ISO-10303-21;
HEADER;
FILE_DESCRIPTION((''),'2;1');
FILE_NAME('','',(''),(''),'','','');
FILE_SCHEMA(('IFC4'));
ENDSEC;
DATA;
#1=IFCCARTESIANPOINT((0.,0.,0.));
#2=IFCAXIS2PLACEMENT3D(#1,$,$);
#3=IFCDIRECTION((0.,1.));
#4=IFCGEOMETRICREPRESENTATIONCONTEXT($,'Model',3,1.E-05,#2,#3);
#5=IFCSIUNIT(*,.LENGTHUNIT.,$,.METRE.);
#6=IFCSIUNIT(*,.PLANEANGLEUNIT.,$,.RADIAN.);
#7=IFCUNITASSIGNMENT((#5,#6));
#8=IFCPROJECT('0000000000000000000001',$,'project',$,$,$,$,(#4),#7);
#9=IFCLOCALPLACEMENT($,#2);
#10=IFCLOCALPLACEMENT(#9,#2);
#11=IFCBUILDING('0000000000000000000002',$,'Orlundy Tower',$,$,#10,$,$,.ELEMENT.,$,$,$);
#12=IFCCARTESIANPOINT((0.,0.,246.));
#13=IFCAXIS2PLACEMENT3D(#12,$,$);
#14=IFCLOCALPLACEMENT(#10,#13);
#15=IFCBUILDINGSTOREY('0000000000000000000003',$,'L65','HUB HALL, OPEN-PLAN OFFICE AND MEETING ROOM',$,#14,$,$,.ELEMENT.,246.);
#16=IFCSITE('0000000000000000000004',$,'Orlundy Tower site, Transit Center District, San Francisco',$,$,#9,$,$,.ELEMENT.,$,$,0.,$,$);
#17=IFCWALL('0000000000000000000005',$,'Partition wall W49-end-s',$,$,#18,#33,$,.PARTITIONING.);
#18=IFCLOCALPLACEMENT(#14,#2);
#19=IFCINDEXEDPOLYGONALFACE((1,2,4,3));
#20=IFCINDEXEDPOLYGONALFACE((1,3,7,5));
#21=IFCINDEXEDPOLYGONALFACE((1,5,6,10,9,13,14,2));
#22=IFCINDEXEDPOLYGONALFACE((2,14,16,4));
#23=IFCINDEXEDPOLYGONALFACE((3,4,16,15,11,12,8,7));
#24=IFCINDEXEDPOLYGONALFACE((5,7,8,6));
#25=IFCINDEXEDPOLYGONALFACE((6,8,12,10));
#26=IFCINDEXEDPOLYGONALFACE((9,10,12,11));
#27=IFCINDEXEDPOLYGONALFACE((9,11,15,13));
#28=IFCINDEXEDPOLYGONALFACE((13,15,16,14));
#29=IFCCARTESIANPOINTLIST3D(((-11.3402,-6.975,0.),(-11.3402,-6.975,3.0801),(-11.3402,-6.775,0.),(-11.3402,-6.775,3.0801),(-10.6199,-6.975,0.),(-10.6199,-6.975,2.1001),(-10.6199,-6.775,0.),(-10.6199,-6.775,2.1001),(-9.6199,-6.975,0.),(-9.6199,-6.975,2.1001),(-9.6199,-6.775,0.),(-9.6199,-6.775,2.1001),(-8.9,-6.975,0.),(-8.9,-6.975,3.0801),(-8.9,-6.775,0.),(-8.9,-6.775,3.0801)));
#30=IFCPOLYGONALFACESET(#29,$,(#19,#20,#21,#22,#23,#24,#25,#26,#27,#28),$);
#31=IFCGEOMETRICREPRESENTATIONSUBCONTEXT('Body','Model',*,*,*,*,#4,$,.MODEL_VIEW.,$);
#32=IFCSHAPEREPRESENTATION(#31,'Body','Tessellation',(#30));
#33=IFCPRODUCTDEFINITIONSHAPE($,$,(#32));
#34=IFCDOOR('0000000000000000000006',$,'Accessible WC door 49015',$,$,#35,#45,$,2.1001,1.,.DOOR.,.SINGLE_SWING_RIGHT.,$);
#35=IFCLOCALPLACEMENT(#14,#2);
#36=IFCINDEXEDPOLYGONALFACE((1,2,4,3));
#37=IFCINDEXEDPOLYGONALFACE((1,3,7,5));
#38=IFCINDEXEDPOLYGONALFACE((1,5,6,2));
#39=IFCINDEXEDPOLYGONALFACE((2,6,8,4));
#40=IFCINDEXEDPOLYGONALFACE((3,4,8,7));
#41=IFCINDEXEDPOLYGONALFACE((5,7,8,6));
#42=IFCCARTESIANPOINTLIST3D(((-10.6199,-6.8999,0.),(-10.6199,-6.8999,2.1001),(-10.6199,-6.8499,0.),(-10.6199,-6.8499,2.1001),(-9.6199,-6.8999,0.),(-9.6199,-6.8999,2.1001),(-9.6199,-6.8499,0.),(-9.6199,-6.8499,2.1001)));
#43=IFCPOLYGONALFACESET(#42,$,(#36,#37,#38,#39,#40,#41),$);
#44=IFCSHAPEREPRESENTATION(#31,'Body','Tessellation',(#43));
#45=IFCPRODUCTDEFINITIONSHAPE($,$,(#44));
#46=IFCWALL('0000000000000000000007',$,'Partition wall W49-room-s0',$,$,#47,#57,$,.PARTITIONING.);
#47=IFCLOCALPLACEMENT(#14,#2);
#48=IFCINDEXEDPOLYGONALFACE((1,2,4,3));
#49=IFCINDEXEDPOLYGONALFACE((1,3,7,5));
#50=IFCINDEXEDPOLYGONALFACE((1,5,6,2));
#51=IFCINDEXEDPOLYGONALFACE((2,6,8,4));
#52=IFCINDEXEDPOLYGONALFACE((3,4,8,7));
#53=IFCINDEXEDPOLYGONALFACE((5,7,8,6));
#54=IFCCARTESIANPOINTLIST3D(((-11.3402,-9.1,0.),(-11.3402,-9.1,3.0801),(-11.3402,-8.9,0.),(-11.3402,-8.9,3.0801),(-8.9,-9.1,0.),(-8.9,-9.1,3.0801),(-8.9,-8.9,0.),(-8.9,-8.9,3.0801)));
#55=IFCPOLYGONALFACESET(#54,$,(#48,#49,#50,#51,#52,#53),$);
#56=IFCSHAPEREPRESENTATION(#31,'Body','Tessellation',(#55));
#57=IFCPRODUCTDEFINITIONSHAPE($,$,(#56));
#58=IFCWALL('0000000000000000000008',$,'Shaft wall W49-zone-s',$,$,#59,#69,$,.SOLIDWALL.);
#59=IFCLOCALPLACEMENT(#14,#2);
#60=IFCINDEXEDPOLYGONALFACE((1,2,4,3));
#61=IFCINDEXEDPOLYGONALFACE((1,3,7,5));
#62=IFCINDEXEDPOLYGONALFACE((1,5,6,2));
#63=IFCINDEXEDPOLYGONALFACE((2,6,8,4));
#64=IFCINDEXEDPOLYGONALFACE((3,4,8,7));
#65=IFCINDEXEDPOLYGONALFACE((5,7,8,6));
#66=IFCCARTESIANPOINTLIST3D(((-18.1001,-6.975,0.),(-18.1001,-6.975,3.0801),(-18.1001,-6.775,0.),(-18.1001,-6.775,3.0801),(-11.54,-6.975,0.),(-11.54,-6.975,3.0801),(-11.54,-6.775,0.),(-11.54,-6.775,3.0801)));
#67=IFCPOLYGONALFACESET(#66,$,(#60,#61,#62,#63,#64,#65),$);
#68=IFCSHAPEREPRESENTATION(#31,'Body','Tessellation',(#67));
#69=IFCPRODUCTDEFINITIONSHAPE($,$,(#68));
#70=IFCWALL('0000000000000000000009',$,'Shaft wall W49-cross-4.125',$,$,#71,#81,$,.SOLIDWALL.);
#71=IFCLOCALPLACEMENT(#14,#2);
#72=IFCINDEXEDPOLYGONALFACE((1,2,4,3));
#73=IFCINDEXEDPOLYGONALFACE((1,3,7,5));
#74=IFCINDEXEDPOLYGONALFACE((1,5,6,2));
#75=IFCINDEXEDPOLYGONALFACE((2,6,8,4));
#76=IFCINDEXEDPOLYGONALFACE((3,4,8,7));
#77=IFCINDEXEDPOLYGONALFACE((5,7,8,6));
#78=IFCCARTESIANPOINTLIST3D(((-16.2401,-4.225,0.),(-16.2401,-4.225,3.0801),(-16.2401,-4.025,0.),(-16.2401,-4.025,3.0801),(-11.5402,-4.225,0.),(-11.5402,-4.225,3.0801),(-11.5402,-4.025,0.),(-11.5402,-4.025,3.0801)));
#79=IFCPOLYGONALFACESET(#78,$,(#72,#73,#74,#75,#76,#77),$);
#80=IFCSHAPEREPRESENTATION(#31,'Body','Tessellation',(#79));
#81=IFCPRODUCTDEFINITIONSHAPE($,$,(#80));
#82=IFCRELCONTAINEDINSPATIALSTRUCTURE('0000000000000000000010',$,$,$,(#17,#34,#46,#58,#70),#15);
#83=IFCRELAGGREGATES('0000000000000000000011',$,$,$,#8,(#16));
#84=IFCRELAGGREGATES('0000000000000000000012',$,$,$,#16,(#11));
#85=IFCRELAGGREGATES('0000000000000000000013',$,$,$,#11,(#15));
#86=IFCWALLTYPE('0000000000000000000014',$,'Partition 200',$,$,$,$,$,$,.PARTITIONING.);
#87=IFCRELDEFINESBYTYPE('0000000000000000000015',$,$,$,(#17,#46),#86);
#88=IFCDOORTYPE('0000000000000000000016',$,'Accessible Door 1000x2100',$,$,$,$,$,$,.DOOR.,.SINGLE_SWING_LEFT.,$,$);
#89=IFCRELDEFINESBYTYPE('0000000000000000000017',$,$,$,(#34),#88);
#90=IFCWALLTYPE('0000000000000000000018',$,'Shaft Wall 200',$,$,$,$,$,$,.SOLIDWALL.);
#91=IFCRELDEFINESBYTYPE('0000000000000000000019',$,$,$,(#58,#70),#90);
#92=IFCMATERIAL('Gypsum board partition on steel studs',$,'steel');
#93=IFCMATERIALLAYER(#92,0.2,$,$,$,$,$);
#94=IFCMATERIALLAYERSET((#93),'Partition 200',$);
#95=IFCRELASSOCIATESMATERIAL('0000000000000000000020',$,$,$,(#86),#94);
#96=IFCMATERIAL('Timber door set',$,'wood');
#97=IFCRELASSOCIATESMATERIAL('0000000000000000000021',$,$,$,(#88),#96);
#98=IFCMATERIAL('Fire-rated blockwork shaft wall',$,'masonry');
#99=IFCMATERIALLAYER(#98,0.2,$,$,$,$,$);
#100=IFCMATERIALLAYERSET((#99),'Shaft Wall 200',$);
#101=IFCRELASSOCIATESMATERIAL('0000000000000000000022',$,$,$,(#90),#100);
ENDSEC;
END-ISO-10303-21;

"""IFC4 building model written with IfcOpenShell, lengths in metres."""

from ifc_helpers import new_model, si_unit, direction, frame, frame_2d, origin, place, context, subcontext, project, spatial, rectangle, extrude, material, layer, layer_set, type_object, element, fill, save


model = new_model("IFC4")

# Units and contexts
model_context = context("Model", 3, precision=1e-05, world=origin(), true_north=direction((0.0, 1.0)))
body_context = subcontext(model_context, "Body", "Model", "MODEL_VIEW")
ifc_project = project(units=[si_unit("LENGTHUNIT", "METRE"), si_unit("PLANEANGLEUNIT", "RADIAN")], contexts=[model_context])

# Site, building, storey
site_placement = place(None, origin())
site = spatial("IfcSite", under=ifc_project, at=site_placement, Name="Orlundy Tower site, Transit Center District, San Francisco", CompositionType="ELEMENT", RefElevation=0.0)
building_placement = place(site_placement, origin())
building = spatial("IfcBuilding", under=site, at=building_placement, Name="Orlundy Tower", CompositionType="ELEMENT")
storey_placement = place(building_placement, frame((0.0, 0.0, 246.0)))
storey = spatial("IfcBuildingStorey", under=building, at=storey_placement, Name="L65", Description="HUB HALL, OPEN-PLAN OFFICE AND MEETING ROOM", CompositionType="ELEMENT", Elevation=246.0)

# Wall, opening, door
ifc_material_1 = material(Name="Gypsum board partition on steel studs", Category="steel")
ifc_layer_1 = layer(ifc_material_1, 0.2)
ifc_layer_set_1 = layer_set([ifc_layer_1], Name="Partition 200")
wall_type_1 = type_object("IfcWallType", Name="Partition 200", PredefinedType="PARTITIONING", material=ifc_layer_set_1)
wall_1_placement = place(storey_placement, frame((-8.8999, -6.875, 0.0), z_axis=(0.0, 0.0, 1.0), x_axis=(-1.0, 0.0, 0.0)))
wall_1 = element("IfcWall", 1, at=wall_1_placement, inside=storey, type_object=wall_type_1, Name="Partition wall W49-end-s", PredefinedType="PARTITIONING", context=body_context, shape_type="SweptSolid", body=[
    extrude(rectangle(XDim=2.4402, YDim=0.2, at=frame_2d((1.2202, 0.0))), origin(), (0.0, 0.0, 1.0), 3.0801),
])
opening_1_placement = place(wall_1_placement, frame((0.72, 0.0, 0.0)))
opening_1 = element("IfcOpeningElement", 2, at=opening_1_placement, cuts=wall_1, PredefinedType="OPENING", context=body_context, shape_type="SweptSolid", body=[
    extrude(rectangle(XDim=1.0, YDim=2.1001, at=frame_2d((0.5, 1.05))), frame((0.0, 0.1101, 0.0), z_axis=(0.0, -1.0, 0.0), x_axis=(1.0, 0.0, 0.0)), (0.0, 0.0, 1.0), 0.2202),
])
ifc_material_2 = material(Name="Timber door set", Category="wood")
door_type_1 = type_object("IfcDoorType", Name="Accessible Door 1000x2100", OperationType="SINGLE_SWING_LEFT", PredefinedType="DOOR", material=ifc_material_2)
door_1_placement = place(opening_1_placement, origin())
door_1 = element("IfcDoor", 3, at=door_1_placement, inside=storey, type_object=door_type_1, Name="Accessible WC door 49015", OperationType="SINGLE_SWING_RIGHT", OverallHeight=2.1001, OverallWidth=1.0, PredefinedType="DOOR", context=body_context, shape_type="SweptSolid", body=[
    extrude(rectangle(XDim=1.0, YDim=2.1001, at=frame_2d((0.5, 1.05))), frame((0.0, 0.0249, 0.0), z_axis=(0.0, -1.0, 0.0), x_axis=(1.0, 0.0, 0.0)), (0.0, 0.0, 1.0), 0.05),
])
fill(opening_1, door_1)

# Walls
wall_2_placement = place(storey_placement, frame((-8.8999, -9.0, 0.0), z_axis=(0.0, 0.0, 1.0), x_axis=(-1.0, 0.0, 0.0)))
element("IfcWall", 4, at=wall_2_placement, inside=storey, type_object=wall_type_1, Name="Partition wall W49-room-s0", PredefinedType="PARTITIONING", context=body_context, shape_type="SweptSolid", body=[
    extrude(rectangle(XDim=2.4402, YDim=0.2, at=frame_2d((1.2202, 0.0))), origin(), (0.0, 0.0, 1.0), 3.0801),
])
ifc_material_3 = material(Name="Fire-rated blockwork shaft wall", Category="masonry")
ifc_layer_2 = layer(ifc_material_3, 0.2)
ifc_layer_set_2 = layer_set([ifc_layer_2], Name="Shaft Wall 200")
wall_type_2 = type_object("IfcWallType", Name="Shaft Wall 200", PredefinedType="SOLIDWALL", material=ifc_layer_set_2)
wall_3_placement = place(storey_placement, frame((-11.54, -6.875, 0.0), z_axis=(0.0, 0.0, 1.0), x_axis=(-1.0, 0.0, 0.0)))
element("IfcWall", 5, at=wall_3_placement, inside=storey, type_object=wall_type_2, Name="Shaft wall W49-zone-s", PredefinedType="SOLIDWALL", context=body_context, shape_type="SweptSolid", body=[
    extrude(rectangle(XDim=6.5601, YDim=0.2, at=frame_2d((3.28, 0.0))), origin(), (0.0, 0.0, 1.0), 3.0801),
])
wall_4_placement = place(storey_placement, frame((-11.54, -4.125, 0.0), z_axis=(0.0, 0.0, 1.0), x_axis=(-1.0, 0.0, 0.0)))
element("IfcWall", 6, at=wall_4_placement, inside=storey, type_object=wall_type_2, Name="Shaft wall W49-cross-4.125", PredefinedType="SOLIDWALL", context=body_context, shape_type="SweptSolid", body=[
    extrude(rectangle(XDim=4.7, YDim=0.2, at=frame_2d((2.3501, 0.0))), origin(), (0.0, 0.0, 1.0), 3.0801),
])

save(model, "model.ifc")
